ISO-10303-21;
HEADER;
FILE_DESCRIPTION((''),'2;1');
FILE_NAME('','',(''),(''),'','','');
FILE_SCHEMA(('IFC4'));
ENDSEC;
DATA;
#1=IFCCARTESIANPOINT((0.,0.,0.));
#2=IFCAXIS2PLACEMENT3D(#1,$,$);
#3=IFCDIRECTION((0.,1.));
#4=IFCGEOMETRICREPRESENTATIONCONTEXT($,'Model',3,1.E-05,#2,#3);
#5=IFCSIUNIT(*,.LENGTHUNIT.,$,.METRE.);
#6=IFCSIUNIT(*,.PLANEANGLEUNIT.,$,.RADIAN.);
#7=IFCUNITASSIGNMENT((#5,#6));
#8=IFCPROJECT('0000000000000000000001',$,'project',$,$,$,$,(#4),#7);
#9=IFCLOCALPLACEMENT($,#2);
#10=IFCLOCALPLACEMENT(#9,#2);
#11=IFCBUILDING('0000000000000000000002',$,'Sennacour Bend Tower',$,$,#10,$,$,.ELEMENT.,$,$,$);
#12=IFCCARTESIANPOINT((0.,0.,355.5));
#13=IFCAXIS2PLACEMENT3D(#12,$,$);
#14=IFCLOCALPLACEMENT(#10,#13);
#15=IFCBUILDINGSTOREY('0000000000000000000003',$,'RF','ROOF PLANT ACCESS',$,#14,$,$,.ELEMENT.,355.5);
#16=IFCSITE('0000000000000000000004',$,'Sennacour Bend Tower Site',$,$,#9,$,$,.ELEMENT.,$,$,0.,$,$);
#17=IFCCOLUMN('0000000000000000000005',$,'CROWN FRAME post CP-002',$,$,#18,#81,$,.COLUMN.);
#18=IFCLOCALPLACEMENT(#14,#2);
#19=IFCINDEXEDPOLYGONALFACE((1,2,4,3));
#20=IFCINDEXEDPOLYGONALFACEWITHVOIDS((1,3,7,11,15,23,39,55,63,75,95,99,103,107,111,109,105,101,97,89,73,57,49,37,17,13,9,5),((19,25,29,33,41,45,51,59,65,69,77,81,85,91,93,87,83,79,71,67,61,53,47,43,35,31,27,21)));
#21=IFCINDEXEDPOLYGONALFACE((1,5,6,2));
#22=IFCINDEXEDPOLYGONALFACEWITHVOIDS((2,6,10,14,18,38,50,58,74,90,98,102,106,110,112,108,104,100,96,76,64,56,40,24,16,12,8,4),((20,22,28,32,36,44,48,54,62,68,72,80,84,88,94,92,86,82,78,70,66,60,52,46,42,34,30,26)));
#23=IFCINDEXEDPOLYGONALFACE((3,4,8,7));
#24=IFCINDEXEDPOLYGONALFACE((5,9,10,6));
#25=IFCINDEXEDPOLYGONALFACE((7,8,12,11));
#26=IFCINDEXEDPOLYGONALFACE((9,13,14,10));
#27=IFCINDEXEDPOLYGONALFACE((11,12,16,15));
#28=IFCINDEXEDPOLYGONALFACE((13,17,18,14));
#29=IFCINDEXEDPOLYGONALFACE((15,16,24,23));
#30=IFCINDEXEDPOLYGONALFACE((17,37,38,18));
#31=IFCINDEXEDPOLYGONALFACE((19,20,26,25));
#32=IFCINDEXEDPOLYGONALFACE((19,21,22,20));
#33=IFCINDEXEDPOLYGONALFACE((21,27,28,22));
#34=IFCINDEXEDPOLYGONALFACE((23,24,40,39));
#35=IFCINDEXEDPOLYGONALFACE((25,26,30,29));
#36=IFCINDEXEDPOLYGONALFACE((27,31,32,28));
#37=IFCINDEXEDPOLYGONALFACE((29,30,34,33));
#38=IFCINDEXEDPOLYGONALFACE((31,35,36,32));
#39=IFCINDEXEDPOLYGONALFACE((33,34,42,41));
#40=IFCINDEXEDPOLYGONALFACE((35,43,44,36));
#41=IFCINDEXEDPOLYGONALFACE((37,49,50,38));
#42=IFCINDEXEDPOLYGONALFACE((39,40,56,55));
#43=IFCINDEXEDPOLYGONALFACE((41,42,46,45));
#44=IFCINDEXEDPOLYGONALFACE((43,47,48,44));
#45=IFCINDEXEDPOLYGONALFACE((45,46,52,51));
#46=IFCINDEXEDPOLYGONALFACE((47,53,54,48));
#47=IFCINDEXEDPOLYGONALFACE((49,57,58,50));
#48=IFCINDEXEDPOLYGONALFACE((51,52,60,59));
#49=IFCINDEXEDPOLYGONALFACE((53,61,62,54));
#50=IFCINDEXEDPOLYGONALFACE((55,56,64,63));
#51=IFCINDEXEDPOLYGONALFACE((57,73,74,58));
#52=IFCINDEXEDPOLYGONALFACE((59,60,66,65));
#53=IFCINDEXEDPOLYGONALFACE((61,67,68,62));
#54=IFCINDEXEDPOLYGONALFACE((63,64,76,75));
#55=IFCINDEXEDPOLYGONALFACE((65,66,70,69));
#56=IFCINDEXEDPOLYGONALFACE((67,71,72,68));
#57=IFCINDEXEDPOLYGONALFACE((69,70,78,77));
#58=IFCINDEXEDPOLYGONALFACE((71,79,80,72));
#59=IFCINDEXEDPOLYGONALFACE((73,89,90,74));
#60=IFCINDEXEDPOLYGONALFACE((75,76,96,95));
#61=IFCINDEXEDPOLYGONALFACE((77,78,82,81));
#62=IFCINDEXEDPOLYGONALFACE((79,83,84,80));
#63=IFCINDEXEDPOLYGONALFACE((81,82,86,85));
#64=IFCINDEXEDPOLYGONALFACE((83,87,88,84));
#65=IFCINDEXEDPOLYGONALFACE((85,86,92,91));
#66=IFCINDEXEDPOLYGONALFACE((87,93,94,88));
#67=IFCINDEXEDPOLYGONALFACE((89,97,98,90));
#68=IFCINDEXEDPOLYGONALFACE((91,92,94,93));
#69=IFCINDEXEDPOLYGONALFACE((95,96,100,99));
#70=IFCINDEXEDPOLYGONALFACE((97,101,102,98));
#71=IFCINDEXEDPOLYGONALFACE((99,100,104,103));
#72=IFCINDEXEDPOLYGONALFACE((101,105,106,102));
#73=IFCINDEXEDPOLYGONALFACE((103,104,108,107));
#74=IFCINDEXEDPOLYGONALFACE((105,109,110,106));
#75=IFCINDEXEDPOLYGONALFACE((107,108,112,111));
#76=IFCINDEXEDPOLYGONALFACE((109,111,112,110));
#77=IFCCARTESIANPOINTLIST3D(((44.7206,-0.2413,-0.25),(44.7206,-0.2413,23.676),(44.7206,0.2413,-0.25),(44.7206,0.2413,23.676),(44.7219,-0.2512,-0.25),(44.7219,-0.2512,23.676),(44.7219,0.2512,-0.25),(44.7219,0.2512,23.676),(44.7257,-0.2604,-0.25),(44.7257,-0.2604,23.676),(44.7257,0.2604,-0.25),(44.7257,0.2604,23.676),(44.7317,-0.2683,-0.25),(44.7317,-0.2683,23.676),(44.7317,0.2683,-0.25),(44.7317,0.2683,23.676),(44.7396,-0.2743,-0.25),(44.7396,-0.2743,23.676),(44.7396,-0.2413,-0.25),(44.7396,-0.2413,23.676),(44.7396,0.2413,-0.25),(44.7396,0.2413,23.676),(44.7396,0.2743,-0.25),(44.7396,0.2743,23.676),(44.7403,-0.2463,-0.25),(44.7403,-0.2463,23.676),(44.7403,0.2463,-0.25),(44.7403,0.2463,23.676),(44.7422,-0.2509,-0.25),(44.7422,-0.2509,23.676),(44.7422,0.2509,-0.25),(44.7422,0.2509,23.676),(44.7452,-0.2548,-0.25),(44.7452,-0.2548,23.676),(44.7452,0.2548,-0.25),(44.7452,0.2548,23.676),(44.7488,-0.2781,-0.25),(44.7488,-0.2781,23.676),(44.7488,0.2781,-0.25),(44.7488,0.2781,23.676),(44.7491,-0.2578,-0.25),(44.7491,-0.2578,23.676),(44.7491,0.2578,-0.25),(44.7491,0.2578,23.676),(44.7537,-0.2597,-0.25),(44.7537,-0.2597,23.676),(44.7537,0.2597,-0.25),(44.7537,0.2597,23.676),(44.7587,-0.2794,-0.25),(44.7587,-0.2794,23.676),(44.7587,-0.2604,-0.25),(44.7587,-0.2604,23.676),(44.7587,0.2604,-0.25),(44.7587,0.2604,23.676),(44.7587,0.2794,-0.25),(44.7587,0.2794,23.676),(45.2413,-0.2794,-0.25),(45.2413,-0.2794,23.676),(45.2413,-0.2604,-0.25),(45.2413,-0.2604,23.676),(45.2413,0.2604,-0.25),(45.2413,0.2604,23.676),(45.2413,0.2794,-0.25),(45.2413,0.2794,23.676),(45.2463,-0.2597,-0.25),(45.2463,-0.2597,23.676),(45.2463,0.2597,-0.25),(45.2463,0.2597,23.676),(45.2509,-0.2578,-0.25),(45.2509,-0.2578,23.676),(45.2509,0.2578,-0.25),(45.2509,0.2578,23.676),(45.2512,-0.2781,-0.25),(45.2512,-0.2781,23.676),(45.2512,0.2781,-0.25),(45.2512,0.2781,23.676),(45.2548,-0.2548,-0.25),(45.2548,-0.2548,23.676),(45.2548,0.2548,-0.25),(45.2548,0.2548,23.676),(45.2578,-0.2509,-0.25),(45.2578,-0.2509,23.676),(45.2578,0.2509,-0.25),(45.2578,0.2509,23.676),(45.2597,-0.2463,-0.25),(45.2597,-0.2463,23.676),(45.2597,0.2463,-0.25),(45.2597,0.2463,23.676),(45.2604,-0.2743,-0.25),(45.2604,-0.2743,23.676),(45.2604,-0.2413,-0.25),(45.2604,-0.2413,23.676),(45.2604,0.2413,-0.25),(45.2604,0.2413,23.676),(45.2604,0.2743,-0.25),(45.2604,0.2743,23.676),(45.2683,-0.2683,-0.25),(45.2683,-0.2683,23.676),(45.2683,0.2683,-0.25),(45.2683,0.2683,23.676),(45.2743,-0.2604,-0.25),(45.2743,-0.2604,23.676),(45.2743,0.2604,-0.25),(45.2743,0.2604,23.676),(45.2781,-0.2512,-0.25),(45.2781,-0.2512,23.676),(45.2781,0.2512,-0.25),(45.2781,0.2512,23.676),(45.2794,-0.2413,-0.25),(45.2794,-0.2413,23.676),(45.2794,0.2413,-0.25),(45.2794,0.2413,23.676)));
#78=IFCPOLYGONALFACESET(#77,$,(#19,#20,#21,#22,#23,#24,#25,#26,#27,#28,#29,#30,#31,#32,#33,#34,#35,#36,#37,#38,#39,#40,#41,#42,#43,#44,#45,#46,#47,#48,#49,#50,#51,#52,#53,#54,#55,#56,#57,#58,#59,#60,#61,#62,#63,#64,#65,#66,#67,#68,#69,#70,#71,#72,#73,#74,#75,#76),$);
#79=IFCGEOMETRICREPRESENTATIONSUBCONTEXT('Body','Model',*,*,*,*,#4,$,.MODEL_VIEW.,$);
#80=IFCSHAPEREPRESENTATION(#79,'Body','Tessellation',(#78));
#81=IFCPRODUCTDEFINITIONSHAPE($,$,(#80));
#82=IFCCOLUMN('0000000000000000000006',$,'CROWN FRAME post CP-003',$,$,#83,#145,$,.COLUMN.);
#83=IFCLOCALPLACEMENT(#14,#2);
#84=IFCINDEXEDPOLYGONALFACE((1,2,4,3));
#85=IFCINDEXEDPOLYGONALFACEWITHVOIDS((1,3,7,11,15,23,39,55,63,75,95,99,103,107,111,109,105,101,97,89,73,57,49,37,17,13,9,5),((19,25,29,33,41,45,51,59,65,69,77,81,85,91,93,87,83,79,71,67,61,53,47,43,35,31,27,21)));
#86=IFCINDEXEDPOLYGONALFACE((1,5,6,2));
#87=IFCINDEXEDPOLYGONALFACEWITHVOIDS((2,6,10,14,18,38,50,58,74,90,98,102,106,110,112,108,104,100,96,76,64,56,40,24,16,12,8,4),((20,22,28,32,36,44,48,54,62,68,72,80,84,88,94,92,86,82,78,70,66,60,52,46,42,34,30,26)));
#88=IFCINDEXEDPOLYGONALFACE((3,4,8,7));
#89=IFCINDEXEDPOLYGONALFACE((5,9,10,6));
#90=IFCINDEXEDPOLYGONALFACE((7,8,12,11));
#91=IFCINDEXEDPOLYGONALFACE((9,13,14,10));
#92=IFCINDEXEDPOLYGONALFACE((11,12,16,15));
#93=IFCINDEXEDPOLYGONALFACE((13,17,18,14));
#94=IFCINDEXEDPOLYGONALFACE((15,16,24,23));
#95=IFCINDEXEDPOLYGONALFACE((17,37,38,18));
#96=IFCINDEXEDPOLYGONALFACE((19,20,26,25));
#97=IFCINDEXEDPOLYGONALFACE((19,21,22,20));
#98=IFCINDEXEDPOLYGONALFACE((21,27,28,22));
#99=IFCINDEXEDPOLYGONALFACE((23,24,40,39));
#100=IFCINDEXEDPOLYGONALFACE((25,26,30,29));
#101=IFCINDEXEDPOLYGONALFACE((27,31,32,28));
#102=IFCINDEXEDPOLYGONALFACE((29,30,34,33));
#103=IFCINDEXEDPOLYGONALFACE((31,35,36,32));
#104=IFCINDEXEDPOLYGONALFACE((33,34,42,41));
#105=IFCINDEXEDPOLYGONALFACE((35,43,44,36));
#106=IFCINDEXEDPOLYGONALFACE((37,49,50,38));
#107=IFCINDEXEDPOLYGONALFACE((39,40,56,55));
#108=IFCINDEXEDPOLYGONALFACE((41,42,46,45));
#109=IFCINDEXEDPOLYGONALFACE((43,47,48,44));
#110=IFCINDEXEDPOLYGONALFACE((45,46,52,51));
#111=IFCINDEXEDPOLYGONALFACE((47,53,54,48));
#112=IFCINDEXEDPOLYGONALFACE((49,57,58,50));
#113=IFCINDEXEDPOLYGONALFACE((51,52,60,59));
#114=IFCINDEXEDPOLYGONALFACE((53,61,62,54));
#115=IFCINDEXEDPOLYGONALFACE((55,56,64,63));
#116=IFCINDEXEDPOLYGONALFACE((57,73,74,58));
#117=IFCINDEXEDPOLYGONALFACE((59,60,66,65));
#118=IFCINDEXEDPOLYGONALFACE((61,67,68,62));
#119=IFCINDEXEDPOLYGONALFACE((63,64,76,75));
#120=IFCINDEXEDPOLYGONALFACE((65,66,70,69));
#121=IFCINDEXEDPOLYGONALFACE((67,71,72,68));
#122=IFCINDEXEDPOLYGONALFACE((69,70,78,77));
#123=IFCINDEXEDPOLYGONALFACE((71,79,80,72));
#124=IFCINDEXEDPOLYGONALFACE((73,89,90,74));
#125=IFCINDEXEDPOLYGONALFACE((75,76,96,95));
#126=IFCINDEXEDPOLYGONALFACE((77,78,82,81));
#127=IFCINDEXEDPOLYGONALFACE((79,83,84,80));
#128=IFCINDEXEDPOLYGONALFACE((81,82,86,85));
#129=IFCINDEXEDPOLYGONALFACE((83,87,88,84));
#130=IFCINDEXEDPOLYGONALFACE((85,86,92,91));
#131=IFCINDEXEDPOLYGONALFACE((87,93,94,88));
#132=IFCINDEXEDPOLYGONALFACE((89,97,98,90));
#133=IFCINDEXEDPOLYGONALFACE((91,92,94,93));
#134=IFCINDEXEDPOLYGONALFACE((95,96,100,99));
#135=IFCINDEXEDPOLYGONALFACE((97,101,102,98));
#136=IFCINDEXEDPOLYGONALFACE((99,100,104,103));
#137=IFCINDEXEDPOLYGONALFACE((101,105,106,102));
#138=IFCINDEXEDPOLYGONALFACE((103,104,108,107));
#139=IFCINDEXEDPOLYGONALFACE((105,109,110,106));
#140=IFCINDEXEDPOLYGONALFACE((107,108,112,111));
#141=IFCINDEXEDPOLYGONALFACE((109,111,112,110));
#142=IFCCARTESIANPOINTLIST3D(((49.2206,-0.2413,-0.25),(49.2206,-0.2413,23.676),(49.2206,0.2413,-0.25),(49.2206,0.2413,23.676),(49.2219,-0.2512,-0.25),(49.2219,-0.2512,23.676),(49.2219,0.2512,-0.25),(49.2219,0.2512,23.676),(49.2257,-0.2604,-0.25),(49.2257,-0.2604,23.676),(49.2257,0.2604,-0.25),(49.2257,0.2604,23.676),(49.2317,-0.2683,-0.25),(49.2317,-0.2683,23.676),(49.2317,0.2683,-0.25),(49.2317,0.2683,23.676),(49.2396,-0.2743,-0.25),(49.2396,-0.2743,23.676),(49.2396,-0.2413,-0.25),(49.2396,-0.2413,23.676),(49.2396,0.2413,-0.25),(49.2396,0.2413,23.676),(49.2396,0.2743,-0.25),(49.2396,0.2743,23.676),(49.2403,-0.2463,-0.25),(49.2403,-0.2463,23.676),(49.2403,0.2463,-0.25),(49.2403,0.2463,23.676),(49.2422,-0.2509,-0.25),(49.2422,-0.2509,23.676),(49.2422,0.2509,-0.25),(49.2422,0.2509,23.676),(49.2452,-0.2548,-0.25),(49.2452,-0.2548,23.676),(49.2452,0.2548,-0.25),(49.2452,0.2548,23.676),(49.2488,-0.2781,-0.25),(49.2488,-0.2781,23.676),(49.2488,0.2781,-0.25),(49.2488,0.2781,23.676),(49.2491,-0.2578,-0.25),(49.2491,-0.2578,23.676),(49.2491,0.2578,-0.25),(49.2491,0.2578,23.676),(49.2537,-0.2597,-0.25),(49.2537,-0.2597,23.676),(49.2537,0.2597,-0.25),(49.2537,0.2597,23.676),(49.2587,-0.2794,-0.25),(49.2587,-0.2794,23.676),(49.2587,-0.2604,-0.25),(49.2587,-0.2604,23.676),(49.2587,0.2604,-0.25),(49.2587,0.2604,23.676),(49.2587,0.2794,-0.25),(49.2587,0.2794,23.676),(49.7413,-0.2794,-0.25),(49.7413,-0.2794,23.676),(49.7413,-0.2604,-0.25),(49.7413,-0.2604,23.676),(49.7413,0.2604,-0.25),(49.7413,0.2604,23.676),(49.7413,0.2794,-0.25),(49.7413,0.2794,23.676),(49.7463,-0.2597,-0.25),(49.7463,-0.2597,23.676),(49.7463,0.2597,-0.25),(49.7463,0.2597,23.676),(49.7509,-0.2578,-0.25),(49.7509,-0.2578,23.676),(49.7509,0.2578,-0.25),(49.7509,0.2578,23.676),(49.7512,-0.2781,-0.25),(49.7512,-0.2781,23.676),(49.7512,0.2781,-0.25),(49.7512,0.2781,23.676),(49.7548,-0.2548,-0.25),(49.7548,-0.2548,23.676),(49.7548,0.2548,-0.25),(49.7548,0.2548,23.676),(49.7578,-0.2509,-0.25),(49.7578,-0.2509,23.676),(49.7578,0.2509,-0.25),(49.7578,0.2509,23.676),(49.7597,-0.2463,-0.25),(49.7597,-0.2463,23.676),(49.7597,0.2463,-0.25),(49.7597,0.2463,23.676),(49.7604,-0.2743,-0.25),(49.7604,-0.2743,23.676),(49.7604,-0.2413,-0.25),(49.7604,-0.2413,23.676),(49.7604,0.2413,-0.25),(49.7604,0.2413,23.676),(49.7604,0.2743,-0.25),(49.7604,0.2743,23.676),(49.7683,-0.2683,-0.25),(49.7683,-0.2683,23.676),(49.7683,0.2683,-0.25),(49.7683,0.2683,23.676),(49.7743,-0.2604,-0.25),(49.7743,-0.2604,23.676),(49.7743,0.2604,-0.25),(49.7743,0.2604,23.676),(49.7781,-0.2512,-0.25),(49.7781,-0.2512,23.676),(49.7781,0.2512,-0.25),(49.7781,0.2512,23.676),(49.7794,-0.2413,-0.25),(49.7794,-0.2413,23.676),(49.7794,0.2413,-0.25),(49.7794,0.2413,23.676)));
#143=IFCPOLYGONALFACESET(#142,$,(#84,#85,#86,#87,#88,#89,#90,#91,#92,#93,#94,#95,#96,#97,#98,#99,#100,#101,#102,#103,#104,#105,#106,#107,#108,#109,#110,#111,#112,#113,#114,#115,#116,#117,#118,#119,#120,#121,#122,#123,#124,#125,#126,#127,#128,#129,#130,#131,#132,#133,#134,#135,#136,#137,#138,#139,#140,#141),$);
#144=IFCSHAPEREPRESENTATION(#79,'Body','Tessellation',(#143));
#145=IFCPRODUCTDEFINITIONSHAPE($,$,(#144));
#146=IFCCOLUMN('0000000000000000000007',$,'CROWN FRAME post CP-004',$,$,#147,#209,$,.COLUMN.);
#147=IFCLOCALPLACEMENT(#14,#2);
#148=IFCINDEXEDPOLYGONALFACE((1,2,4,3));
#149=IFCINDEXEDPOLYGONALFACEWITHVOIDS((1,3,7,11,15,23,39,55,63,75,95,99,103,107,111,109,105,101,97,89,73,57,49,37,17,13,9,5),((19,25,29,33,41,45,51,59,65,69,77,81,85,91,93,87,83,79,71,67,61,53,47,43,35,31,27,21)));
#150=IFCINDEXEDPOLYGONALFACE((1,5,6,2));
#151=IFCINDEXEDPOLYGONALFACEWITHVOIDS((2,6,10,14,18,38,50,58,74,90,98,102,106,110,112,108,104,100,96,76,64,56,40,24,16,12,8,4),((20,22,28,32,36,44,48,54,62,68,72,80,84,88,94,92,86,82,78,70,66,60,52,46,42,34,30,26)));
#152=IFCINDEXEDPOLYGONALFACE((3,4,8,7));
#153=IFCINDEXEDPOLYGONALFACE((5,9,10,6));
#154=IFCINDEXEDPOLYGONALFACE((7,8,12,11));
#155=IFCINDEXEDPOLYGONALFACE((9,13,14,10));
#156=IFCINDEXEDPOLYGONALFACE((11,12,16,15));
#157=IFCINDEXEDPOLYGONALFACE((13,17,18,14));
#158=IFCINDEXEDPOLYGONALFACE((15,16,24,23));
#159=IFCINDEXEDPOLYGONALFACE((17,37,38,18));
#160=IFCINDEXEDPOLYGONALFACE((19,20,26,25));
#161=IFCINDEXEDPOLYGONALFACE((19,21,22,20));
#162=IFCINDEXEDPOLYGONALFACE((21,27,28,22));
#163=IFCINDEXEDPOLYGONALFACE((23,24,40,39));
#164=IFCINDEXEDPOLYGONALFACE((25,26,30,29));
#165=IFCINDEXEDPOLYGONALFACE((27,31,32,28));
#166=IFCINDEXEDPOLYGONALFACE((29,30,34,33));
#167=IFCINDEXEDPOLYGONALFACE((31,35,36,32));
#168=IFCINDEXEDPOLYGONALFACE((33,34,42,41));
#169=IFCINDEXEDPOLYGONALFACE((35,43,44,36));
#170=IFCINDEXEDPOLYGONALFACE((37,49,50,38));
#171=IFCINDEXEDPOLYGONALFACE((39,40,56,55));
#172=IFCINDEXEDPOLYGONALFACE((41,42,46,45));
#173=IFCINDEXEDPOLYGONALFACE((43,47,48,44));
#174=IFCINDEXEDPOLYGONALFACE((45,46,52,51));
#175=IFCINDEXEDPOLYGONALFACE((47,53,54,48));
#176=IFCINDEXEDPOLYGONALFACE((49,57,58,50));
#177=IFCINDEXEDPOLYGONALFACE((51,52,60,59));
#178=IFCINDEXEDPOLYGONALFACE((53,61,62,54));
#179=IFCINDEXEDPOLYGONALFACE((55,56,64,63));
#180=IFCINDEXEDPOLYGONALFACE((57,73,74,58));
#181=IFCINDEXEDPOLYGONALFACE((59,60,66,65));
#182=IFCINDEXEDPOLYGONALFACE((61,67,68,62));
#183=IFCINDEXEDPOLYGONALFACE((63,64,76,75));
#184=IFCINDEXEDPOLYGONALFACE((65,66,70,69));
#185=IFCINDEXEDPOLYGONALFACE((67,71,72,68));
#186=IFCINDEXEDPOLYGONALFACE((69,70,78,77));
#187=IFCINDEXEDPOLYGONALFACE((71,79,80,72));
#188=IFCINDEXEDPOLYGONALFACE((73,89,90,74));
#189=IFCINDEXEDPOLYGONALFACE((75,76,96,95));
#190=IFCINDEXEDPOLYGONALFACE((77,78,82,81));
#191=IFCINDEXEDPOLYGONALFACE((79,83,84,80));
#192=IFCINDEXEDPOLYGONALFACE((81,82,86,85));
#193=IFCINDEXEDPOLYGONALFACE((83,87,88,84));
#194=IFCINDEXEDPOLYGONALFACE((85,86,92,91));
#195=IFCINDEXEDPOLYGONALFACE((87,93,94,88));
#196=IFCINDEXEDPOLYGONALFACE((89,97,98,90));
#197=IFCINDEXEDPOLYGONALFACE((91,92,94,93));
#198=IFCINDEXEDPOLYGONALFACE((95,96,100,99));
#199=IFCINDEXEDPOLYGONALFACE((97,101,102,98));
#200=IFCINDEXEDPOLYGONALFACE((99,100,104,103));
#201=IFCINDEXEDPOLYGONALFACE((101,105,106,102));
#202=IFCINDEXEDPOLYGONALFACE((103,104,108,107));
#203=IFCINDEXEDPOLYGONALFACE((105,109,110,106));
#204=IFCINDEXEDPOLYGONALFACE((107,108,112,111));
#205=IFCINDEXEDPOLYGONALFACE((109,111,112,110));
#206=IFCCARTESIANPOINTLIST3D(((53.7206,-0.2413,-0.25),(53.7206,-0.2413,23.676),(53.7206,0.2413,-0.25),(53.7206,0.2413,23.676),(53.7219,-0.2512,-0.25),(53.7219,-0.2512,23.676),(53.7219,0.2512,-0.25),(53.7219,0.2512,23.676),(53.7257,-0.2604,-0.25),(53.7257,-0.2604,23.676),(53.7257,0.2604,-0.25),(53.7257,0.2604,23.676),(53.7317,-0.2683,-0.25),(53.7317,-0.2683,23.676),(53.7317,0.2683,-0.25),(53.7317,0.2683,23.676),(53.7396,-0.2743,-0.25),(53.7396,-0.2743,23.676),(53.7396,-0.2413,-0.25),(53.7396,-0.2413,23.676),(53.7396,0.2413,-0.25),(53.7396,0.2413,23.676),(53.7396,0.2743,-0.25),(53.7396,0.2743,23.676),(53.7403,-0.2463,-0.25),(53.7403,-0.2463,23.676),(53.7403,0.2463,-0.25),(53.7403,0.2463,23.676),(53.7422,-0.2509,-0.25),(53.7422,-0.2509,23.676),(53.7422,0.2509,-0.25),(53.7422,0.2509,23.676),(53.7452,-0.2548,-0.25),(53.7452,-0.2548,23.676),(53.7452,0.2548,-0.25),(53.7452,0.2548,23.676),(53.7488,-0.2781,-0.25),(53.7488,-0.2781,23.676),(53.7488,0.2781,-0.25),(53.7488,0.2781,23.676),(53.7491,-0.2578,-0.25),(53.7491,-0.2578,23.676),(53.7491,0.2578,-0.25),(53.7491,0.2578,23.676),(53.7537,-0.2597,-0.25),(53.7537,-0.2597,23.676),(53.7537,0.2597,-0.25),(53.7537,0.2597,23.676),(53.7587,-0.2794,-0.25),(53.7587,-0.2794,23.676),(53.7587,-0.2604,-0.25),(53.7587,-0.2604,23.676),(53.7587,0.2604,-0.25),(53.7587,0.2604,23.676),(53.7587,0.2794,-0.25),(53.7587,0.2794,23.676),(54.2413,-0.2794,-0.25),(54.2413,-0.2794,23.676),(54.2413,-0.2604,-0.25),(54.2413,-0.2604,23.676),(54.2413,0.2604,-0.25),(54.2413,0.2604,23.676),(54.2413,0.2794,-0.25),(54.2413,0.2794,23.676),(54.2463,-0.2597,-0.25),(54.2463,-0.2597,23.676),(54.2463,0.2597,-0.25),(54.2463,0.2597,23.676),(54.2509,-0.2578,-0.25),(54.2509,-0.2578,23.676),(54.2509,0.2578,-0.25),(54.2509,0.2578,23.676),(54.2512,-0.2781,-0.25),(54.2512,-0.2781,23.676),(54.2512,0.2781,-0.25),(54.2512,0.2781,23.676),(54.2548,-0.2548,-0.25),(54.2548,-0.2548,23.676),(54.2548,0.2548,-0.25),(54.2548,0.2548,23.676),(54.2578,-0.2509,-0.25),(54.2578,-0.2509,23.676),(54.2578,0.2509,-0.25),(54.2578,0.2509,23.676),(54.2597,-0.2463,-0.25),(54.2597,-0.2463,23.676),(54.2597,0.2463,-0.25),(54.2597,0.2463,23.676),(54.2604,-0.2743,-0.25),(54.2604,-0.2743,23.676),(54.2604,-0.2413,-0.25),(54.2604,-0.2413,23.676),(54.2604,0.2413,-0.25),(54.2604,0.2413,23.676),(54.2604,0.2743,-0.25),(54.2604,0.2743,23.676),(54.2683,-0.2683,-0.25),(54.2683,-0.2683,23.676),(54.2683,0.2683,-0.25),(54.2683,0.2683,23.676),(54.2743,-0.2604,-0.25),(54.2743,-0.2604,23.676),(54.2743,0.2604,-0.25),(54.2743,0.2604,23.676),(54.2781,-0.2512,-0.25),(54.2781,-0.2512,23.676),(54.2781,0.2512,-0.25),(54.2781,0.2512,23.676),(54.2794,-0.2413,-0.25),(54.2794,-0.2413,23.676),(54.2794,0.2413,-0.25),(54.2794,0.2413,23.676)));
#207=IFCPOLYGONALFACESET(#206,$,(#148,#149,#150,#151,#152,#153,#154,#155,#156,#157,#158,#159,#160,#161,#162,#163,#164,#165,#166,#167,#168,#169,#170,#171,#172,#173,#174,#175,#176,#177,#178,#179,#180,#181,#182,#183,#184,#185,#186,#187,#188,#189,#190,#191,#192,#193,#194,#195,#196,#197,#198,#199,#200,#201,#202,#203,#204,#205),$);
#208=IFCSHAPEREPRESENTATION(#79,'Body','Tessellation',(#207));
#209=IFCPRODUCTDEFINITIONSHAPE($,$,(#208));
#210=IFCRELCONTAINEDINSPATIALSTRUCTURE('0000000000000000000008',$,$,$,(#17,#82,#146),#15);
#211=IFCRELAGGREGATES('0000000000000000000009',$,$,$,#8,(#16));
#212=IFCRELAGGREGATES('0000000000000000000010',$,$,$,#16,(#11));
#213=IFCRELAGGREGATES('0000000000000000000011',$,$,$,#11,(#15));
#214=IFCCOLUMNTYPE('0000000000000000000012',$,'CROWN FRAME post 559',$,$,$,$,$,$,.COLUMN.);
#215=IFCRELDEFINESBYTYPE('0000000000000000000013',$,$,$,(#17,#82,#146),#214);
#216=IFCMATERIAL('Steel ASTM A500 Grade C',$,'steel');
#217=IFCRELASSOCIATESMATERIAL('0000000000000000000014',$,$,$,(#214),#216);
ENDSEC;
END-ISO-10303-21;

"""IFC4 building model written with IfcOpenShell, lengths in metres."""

from ifc_helpers import new_model, si_unit, direction, frame, origin, origin_2d, place, context, subcontext, project, spatial, hollow_rectangle, extrude, material, material_profile, profile_set, type_object, element, save


model = new_model("IFC4")

# Units and contexts
model_context = context("Model", 3, precision=1e-05, world=origin(), true_north=direction((0.0, 1.0)))
body_context = subcontext(model_context, "Body", "Model", "MODEL_VIEW")
ifc_project = project(units=[si_unit("LENGTHUNIT", "METRE"), si_unit("PLANEANGLEUNIT", "RADIAN")], contexts=[model_context])

# Site, building, storey
site_placement = place(None, origin())
site = spatial("IfcSite", under=ifc_project, at=site_placement, Name="Sennacour Bend Tower Site", CompositionType="ELEMENT", RefElevation=0.0)
building_placement = place(site_placement, origin())
building = spatial("IfcBuilding", under=site, at=building_placement, Name="Sennacour Bend Tower", CompositionType="ELEMENT")
storey_placement = place(building_placement, frame((0.0, 0.0, 355.5)))
storey = spatial("IfcBuildingStorey", under=building, at=storey_placement, Name="RF", Description="ROOF PLANT ACCESS", CompositionType="ELEMENT", Elevation=355.5)

# Columns
ifc_material_1 = material(Name="Steel ASTM A500 Grade C", Category="steel")
ifc_material_profile_1 = material_profile(ifc_material_1, hollow_rectangle(XDim=0.5588, YDim=0.5588, WallThickness=0.019, InnerFilletRadius=0.019, OuterFilletRadius=0.0381, at=origin_2d()), Name="Steel ASTM A500 Grade C", Category="steel")
ifc_profile_set_1 = profile_set([ifc_material_profile_1], Name="Steel ASTM A500 Grade C")
column_type = type_object("IfcColumnType", Name="CROWN FRAME post 559", PredefinedType="COLUMN", material=ifc_profile_set_1)
for number, where, z_axis, x_axis, name in (
    (1, (45.0, 0.0, -0.25), (0.0, 0.0, 1.0), (1.0, 0.0, 0.0), "CROWN FRAME post CP-002"),
    (2, (49.5, 0.0, -0.25), (0.0, 0.0, 1.0), (1.0, 0.0, 0.0), "CROWN FRAME post CP-003"),
    (3, (54.0, 0.0, -0.25), (0.0, 0.0, 1.0), (1.0, 0.0, 0.0), "CROWN FRAME post CP-004"),
):
    element("IfcColumn", number, at=place(storey_placement, frame(where, z_axis=z_axis, x_axis=x_axis)), inside=storey, type_object=column_type, Name=name, PredefinedType="COLUMN", context=body_context, shape_type="SweptSolid", body=[
        extrude(hollow_rectangle(XDim=0.5588, YDim=0.5588, WallThickness=0.019, InnerFilletRadius=0.019, OuterFilletRadius=0.0381, at=origin_2d()), origin(), (0.0, 0.0, 1.0), 23.926),
    ])

save(model, "model.ifc")
